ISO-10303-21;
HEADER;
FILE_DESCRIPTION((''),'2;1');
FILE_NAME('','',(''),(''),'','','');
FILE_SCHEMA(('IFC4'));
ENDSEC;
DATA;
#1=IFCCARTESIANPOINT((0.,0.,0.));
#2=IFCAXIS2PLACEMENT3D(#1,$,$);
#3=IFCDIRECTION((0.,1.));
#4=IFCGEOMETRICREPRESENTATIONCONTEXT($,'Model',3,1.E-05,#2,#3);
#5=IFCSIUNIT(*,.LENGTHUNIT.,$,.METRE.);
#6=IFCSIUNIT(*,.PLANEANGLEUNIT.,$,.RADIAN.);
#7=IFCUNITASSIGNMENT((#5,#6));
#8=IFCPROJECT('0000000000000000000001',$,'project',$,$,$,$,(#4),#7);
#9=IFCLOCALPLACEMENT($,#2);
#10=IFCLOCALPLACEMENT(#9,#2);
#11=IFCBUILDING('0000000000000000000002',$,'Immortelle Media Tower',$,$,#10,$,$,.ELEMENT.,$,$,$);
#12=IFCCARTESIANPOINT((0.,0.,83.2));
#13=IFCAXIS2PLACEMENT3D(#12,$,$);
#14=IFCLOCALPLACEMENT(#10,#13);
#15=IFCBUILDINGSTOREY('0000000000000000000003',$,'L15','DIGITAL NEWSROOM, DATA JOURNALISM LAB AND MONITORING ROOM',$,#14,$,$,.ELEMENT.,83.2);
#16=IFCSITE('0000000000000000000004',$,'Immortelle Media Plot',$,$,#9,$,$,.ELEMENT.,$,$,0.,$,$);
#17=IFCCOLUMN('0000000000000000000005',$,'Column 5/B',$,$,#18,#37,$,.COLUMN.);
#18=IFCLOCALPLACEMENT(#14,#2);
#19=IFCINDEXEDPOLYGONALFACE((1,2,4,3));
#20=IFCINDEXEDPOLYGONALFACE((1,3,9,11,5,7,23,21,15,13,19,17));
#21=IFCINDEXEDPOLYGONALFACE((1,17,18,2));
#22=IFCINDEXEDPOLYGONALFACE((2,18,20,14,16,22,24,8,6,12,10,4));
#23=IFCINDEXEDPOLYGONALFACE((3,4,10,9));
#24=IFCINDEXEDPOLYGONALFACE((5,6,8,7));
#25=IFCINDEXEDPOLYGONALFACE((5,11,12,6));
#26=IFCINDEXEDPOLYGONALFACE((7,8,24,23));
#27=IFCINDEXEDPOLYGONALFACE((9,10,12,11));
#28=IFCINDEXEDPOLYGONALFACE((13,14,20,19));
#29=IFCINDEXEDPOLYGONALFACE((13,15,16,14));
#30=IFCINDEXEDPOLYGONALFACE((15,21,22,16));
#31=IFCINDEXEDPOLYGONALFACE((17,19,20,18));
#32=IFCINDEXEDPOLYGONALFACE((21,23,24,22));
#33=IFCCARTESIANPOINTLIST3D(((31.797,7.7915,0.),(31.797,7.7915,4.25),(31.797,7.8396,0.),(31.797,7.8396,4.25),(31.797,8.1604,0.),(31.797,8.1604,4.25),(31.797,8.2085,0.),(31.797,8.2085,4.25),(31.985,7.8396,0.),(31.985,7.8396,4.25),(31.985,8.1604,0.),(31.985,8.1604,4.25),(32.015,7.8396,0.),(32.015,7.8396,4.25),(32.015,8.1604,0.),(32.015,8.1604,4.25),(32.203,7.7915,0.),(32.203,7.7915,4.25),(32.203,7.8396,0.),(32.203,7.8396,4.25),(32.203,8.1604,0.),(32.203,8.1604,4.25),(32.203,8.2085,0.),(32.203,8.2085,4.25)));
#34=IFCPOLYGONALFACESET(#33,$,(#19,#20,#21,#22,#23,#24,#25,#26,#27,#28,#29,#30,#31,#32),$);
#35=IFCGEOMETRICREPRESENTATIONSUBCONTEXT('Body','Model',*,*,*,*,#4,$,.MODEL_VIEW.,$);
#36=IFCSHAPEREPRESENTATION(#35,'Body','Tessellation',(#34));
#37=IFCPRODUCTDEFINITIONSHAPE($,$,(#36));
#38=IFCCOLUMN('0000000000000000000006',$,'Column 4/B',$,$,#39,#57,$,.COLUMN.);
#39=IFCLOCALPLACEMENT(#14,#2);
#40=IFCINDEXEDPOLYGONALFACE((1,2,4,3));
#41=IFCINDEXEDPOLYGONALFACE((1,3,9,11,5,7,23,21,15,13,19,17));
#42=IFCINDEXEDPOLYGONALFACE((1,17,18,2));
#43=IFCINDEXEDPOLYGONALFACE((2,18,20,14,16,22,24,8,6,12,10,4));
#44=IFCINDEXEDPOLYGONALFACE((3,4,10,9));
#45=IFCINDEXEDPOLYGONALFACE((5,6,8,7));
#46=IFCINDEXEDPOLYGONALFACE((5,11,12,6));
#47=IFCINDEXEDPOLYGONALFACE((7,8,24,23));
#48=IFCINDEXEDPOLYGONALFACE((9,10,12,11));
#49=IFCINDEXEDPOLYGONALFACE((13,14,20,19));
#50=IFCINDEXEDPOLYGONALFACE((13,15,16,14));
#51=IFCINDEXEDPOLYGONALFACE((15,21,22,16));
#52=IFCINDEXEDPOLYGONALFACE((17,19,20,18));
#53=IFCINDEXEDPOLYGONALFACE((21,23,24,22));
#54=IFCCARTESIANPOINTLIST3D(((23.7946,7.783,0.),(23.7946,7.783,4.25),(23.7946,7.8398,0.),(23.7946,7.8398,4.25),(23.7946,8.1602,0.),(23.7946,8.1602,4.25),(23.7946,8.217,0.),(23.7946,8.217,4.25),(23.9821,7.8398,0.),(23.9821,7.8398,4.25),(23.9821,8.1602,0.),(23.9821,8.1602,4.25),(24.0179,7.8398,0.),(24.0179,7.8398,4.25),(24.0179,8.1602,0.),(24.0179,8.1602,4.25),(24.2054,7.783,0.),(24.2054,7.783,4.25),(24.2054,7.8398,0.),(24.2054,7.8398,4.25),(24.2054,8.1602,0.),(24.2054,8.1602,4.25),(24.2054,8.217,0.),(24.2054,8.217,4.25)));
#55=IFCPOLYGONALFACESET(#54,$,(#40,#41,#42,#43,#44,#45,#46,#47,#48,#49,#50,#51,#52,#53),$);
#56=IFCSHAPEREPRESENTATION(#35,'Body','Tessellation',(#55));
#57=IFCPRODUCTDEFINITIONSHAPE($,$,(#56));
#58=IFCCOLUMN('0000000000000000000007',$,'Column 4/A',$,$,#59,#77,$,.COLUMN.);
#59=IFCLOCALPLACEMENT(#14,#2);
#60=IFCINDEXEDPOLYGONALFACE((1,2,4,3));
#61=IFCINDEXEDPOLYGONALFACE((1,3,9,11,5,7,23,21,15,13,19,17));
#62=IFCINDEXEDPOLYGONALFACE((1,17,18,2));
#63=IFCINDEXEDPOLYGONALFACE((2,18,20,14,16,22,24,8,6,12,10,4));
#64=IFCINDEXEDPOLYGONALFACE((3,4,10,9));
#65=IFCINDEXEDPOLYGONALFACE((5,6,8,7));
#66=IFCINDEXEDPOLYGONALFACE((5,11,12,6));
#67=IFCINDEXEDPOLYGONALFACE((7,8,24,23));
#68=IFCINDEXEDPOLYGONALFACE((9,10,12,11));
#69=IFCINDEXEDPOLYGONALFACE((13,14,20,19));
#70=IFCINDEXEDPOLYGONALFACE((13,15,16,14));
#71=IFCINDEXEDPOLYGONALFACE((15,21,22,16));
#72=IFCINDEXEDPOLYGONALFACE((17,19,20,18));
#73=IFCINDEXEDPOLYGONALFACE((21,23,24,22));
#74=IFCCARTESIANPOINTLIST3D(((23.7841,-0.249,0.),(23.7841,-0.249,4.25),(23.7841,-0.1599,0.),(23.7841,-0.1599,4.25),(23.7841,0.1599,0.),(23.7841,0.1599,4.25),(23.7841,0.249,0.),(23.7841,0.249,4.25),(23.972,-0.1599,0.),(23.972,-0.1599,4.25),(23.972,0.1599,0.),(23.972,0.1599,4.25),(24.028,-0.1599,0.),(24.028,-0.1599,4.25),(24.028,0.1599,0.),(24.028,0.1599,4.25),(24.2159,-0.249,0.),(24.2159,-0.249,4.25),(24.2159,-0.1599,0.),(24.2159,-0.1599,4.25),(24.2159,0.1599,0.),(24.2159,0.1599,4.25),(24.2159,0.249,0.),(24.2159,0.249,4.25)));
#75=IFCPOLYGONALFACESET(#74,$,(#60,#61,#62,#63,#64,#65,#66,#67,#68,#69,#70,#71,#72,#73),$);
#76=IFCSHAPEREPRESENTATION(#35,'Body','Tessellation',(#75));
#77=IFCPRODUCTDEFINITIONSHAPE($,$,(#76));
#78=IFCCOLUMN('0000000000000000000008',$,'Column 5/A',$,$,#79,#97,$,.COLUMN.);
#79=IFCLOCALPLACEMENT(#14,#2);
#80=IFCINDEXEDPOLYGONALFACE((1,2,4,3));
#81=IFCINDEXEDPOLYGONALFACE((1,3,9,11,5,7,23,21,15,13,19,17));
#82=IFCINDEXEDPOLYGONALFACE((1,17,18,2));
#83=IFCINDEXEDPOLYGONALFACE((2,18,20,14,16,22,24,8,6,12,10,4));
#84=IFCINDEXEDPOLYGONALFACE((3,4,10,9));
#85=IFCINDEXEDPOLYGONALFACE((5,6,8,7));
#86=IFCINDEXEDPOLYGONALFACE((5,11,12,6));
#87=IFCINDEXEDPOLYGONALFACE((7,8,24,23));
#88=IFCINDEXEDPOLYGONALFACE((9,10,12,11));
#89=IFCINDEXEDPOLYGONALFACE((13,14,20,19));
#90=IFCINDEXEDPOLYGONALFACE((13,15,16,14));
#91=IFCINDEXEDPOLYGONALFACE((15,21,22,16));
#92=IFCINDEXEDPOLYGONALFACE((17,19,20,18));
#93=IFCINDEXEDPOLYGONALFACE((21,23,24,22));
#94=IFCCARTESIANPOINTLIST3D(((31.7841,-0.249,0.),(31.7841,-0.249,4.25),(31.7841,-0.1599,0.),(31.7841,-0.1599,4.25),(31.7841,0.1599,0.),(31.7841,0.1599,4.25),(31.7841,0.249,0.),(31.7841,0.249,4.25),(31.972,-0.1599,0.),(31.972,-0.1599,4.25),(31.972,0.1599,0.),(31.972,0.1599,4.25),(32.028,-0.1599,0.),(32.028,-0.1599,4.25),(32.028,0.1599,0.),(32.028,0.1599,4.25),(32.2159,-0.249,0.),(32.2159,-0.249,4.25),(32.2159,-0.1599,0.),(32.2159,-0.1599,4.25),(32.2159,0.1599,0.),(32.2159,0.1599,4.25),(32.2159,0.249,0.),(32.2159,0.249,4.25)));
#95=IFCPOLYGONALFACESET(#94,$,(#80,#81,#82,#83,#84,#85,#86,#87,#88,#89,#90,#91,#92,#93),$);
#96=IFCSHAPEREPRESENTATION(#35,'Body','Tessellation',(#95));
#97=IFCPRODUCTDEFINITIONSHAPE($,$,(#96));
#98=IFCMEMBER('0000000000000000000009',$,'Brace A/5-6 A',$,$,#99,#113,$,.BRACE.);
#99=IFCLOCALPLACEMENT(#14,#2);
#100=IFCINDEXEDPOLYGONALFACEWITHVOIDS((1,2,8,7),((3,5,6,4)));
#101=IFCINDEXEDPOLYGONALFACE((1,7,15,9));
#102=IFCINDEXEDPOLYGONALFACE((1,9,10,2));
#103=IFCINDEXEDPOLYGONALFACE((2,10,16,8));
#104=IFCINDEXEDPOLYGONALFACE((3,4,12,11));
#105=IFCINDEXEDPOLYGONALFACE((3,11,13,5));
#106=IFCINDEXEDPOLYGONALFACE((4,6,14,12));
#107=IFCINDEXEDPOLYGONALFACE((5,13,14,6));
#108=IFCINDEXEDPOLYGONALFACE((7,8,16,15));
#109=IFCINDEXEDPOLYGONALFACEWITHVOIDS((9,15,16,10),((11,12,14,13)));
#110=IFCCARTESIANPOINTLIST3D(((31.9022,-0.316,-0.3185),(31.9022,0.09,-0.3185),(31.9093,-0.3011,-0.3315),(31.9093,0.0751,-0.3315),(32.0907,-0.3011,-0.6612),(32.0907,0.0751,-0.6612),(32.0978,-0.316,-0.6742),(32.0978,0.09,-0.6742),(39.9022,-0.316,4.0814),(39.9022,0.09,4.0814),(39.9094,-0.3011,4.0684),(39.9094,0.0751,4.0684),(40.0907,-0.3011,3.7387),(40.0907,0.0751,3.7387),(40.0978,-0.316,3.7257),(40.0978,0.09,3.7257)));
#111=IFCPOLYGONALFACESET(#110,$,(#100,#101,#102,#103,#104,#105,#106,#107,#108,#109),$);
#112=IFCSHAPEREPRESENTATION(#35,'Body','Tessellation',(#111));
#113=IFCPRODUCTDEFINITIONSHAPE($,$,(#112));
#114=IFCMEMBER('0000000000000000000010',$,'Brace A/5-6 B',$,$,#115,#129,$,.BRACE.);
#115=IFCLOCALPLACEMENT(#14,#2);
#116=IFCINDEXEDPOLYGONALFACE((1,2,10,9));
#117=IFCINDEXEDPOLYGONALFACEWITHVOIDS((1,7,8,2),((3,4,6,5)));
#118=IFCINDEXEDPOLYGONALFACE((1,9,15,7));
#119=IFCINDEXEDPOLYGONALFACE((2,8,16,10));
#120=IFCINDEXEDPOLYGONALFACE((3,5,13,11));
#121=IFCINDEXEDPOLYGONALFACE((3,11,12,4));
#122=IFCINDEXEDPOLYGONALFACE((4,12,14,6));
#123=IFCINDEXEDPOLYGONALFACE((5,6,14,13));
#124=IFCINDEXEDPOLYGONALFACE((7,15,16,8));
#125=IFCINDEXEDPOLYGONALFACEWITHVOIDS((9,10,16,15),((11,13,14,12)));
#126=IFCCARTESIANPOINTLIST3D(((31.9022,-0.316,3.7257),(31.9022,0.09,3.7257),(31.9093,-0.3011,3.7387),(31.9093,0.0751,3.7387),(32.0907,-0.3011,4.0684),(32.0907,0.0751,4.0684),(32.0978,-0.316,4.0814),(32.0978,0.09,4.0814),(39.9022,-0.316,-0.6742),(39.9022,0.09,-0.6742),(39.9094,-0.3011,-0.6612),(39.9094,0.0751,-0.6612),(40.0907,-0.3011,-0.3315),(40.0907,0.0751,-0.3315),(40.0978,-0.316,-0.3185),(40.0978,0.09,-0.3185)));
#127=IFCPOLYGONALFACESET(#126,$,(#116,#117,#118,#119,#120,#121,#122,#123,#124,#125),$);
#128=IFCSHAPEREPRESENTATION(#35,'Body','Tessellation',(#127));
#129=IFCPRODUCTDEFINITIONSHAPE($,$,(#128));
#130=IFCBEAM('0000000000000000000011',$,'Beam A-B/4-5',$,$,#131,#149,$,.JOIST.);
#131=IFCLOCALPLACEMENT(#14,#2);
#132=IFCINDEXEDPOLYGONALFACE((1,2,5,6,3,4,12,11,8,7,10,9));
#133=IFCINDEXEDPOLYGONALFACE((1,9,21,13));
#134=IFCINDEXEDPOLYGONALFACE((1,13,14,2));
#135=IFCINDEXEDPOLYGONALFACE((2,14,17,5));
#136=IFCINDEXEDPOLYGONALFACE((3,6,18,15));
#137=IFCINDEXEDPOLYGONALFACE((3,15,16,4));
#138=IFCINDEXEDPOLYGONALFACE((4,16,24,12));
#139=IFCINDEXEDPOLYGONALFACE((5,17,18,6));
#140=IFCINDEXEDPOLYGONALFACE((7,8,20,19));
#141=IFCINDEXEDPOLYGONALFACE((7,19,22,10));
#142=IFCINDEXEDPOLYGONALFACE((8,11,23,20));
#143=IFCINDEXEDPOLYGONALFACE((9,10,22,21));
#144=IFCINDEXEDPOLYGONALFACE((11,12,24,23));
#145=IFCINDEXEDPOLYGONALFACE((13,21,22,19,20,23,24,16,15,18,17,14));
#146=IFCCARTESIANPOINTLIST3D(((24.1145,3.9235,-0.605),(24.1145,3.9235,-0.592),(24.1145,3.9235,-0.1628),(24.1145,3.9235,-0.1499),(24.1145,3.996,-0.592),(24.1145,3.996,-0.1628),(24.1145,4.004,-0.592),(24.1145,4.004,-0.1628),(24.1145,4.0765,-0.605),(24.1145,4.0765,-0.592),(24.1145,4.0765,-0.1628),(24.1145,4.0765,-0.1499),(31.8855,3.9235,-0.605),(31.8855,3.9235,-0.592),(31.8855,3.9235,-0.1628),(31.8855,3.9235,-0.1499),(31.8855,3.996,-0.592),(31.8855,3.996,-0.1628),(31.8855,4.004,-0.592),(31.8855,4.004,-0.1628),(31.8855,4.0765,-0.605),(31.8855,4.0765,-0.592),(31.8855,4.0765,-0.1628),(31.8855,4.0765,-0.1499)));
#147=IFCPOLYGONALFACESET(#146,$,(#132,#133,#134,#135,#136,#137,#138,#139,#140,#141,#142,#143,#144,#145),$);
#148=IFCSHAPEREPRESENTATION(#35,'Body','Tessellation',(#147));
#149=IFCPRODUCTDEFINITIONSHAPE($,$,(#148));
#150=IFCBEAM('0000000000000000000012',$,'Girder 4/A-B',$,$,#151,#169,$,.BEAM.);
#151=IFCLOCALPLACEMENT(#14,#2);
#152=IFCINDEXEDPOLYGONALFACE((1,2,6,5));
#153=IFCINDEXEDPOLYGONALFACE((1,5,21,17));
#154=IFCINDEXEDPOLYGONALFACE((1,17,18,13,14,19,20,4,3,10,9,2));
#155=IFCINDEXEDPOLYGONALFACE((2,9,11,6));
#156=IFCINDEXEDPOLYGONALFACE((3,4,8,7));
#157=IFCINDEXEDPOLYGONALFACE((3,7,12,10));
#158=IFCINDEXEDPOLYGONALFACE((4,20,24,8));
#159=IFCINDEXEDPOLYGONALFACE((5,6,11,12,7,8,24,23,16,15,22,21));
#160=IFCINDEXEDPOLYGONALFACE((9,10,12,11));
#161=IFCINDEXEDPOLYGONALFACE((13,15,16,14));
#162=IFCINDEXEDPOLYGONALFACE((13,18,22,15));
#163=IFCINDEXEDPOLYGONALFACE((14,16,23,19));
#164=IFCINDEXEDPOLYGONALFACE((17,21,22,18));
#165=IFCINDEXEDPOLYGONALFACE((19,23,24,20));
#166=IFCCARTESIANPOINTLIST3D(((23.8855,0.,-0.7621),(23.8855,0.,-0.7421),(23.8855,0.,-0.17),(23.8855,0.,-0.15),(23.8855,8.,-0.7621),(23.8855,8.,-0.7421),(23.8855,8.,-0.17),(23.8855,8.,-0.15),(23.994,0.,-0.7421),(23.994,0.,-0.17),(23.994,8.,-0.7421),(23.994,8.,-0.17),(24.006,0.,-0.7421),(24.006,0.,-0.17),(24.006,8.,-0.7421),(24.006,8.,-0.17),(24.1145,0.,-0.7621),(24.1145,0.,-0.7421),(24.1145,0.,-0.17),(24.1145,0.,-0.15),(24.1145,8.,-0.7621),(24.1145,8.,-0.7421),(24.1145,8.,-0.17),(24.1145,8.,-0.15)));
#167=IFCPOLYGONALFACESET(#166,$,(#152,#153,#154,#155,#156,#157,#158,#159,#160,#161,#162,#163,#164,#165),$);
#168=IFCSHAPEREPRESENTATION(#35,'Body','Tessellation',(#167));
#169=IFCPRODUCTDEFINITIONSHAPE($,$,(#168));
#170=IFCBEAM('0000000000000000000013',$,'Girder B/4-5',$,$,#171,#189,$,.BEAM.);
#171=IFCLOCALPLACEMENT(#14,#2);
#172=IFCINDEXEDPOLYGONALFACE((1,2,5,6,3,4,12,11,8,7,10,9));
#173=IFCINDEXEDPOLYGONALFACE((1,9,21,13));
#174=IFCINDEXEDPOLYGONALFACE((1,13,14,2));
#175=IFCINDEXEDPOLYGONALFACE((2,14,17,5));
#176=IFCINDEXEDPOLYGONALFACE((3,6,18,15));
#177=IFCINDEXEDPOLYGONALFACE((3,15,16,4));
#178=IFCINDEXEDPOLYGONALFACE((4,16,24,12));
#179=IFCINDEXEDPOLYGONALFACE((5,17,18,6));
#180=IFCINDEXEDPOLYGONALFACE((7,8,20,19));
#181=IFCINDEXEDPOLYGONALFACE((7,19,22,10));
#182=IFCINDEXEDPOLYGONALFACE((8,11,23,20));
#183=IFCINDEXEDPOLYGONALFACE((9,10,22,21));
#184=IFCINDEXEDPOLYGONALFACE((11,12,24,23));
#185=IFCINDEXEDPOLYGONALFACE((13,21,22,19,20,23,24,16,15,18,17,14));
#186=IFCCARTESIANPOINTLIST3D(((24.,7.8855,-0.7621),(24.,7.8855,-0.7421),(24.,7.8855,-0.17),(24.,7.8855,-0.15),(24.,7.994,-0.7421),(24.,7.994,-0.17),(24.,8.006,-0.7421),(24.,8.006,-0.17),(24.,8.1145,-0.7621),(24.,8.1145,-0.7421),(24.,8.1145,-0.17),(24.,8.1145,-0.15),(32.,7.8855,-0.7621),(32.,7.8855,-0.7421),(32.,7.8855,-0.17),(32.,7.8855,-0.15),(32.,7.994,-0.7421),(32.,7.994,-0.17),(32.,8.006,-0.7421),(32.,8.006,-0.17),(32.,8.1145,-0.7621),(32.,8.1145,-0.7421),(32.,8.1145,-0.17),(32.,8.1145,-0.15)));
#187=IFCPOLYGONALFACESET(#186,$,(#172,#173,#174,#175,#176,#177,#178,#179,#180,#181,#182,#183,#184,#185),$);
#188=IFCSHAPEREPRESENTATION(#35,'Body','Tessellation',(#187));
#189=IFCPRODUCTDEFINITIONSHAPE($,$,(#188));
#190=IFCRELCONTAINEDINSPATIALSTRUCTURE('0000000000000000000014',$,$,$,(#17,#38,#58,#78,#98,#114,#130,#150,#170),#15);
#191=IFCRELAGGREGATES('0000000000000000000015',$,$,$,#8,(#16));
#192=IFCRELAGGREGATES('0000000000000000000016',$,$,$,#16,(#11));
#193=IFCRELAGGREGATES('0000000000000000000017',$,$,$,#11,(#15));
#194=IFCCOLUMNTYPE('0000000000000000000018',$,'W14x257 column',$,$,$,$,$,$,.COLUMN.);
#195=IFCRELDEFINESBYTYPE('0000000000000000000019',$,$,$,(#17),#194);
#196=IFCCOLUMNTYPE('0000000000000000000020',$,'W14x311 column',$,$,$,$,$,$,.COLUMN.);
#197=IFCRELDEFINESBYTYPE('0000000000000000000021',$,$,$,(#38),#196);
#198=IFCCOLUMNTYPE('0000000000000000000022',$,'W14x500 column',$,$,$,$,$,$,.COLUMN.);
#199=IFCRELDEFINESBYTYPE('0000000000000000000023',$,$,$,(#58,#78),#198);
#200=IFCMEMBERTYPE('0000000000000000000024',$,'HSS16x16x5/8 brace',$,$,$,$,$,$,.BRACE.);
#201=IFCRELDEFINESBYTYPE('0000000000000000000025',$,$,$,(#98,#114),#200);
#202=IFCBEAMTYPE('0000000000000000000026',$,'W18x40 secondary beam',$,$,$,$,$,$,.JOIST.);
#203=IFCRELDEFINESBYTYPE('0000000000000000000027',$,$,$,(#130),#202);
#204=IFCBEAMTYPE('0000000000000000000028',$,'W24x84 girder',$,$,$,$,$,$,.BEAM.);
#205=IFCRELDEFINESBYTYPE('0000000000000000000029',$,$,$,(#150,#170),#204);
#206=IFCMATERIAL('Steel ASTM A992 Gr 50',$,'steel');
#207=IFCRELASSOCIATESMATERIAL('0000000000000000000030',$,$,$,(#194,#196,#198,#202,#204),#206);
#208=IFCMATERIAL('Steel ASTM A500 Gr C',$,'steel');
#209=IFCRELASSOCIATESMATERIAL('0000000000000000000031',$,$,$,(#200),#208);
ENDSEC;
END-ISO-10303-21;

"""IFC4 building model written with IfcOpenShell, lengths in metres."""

from ifc_helpers import new_model, si_unit, direction, frame, origin, origin_2d, place, context, subcontext, project, spatial, hollow_rectangle, i_section, extrude, material, material_profile, profile_set, type_object, element, save


model = new_model("IFC4")

# Units and contexts
model_context = context("Model", 3, precision=1e-05, world=origin(), true_north=direction((0.0, 1.0)))
body_context = subcontext(model_context, "Body", "Model", "MODEL_VIEW")
ifc_project = project(units=[si_unit("LENGTHUNIT", "METRE"), si_unit("PLANEANGLEUNIT", "RADIAN")], contexts=[model_context])

# Site, building, storey
site_placement = place(None, origin())
site = spatial("IfcSite", under=ifc_project, at=site_placement, Name="Immortelle Media Plot", CompositionType="ELEMENT", RefElevation=0.0)
building_placement = place(site_placement, origin())
building = spatial("IfcBuilding", under=site, at=building_placement, Name="Immortelle Media Tower", CompositionType="ELEMENT")
storey_placement = place(building_placement, frame((0.0, 0.0, 83.2)))
storey = spatial("IfcBuildingStorey", under=building, at=storey_placement, Name="L15", Description="DIGITAL NEWSROOM, DATA JOURNALISM LAB AND MONITORING ROOM", CompositionType="ELEMENT", Elevation=83.2)

# Columns
ifc_material_1 = material(Name="Steel ASTM A992 Gr 50", Category="steel")
ifc_material_profile_1 = material_profile(ifc_material_1, i_section(OverallWidth=0.406, OverallDepth=0.417, WebThickness=0.03, FlangeThickness=0.0481, at=origin_2d()), Name="W14x257")
ifc_profile_set_1 = profile_set([ifc_material_profile_1], Name="Steel ASTM A992 Gr 50")
column_type_1 = type_object("IfcColumnType", Name="W14x257 column", PredefinedType="COLUMN", material=ifc_profile_set_1)
column_1_placement = place(storey_placement, frame((32.0, 8.0, 0.0), z_axis=(0.0, 0.0, 1.0), x_axis=(1.0, 0.0, 0.0)))
element("IfcColumn", 1, at=column_1_placement, inside=storey, type_object=column_type_1, Name="Column 5/B", PredefinedType="COLUMN", context=body_context, shape_type="SweptSolid", body=[
    extrude(i_section(OverallWidth=0.406, OverallDepth=0.417, WebThickness=0.03, FlangeThickness=0.0481, at=origin_2d()), origin(), (0.0, 0.0, 1.0), 4.25),
])
ifc_material_profile_2 = material_profile(ifc_material_1, i_section(OverallWidth=0.4109, OverallDepth=0.4341, WebThickness=0.0359, FlangeThickness=0.0569, at=origin_2d()), Name="W14x311")
ifc_profile_set_2 = profile_set([ifc_material_profile_2], Name="Steel ASTM A992 Gr 50")
column_type_2 = type_object("IfcColumnType", Name="W14x311 column", PredefinedType="COLUMN", material=ifc_profile_set_2)
column_2_placement = place(storey_placement, frame((24.0, 8.0, 0.0), z_axis=(0.0, 0.0, 1.0), x_axis=(1.0, 0.0, 0.0)))
element("IfcColumn", 2, at=column_2_placement, inside=storey, type_object=column_type_2, Name="Column 4/B", PredefinedType="COLUMN", context=body_context, shape_type="SweptSolid", body=[
    extrude(i_section(OverallWidth=0.4109, OverallDepth=0.4341, WebThickness=0.0359, FlangeThickness=0.0569, at=origin_2d()), origin(), (0.0, 0.0, 1.0), 4.25),
])
ifc_material_profile_3 = material_profile(ifc_material_1, i_section(OverallWidth=0.4319, OverallDepth=0.498, WebThickness=0.0559, FlangeThickness=0.0891, at=origin_2d()), Name="W14x500")
ifc_profile_set_3 = profile_set([ifc_material_profile_3], Name="Steel ASTM A992 Gr 50")
column_type_3 = type_object("IfcColumnType", Name="W14x500 column", PredefinedType="COLUMN", material=ifc_profile_set_3)
for number, where, z_axis, x_axis, name in (
    (3, (24.0, 0.0, 0.0), (0.0, 0.0, 1.0), (1.0, 0.0, 0.0), "Column 4/A"),
    (4, (32.0, 0.0, 0.0), (0.0, 0.0, 1.0), (1.0, 0.0, 0.0), "Column 5/A"),
):
    element("IfcColumn", number, at=place(storey_placement, frame(where, z_axis=z_axis, x_axis=x_axis)), inside=storey, type_object=column_type_3, Name=name, PredefinedType="COLUMN", context=body_context, shape_type="SweptSolid", body=[
        extrude(i_section(OverallWidth=0.4319, OverallDepth=0.498, WebThickness=0.0559, FlangeThickness=0.0891, at=origin_2d()), origin(), (0.0, 0.0, 1.0), 4.25),
    ])

# Members
ifc_material_2 = material(Name="Steel ASTM A500 Gr C", Category="steel")
ifc_material_profile_4 = material_profile(ifc_material_2, hollow_rectangle(XDim=0.406, YDim=0.406, WallThickness=0.0149, at=origin_2d()), Name="HSS16x16x5/8 brace")
ifc_profile_set_4 = profile_set([ifc_material_profile_4], Name="Steel ASTM A500 Gr C")
member_type = type_object("IfcMemberType", Name="HSS16x16x5/8 brace", PredefinedType="BRACE", material=ifc_profile_set_4)
for number, where, z_axis, x_axis, name in (
    (5, (32.0, -0.113, -0.4963), (0.87622, 0.0, 0.481911), (0.0, 1.0, 0.0), "Brace A/5-6 A"),
    (6, (32.0, -0.113, 3.9036), (0.87622, 0.0, -0.481911), (0.0, 1.0, 0.0), "Brace A/5-6 B"),
):
    element("IfcMember", number, at=place(storey_placement, frame(where, z_axis=z_axis, x_axis=x_axis)), inside=storey, type_object=member_type, Name=name, PredefinedType="BRACE", context=body_context, shape_type="SweptSolid", body=[
        extrude(hollow_rectangle(XDim=0.406, YDim=0.406, WallThickness=0.0149, at=origin_2d()), origin(), (0.0, 0.0, 1.0), 9.1301),
    ])

# Beams
ifc_material_profile_5 = material_profile(ifc_material_1, i_section(OverallWidth=0.1531, OverallDepth=0.4551, WebThickness=0.0081, FlangeThickness=0.0129, at=origin_2d()), Name="W18x40")
ifc_profile_set_5 = profile_set([ifc_material_profile_5], Name="Steel ASTM A992 Gr 50")
beam_type_1 = type_object("IfcBeamType", Name="W18x40 secondary beam", PredefinedType="JOIST", material=ifc_profile_set_5)
beam_placement = place(storey_placement, frame((24.1145, 4.0, -0.3774), z_axis=(1.0, 0.0, 0.0), x_axis=(0.0, 1.0, 0.0)))
element("IfcBeam", 7, at=beam_placement, inside=storey, type_object=beam_type_1, Name="Beam A-B/4-5", PredefinedType="JOIST", context=body_context, shape_type="SweptSolid", body=[
    extrude(i_section(OverallWidth=0.1531, OverallDepth=0.4551, WebThickness=0.0081, FlangeThickness=0.0129, at=origin_2d()), origin(), (0.0, 0.0, 1.0), 7.771),
])
ifc_material_profile_6 = material_profile(ifc_material_1, i_section(OverallWidth=0.229, OverallDepth=0.6121, WebThickness=0.012, FlangeThickness=0.02, at=origin_2d()), Name="W24x84")
ifc_profile_set_6 = profile_set([ifc_material_profile_6], Name="Steel ASTM A992 Gr 50")
beam_type_2 = type_object("IfcBeamType", Name="W24x84 girder", PredefinedType="BEAM", material=ifc_profile_set_6)
for number, where, z_axis, x_axis, name in (
    (8, (24.0, 0.0, -0.4561), (0.0, 1.0, 0.0), (-1.0, 0.0, 0.0), "Girder 4/A-B"),
    (9, (24.0, 8.0, -0.4561), (1.0, 0.0, 0.0), (0.0, 1.0, 0.0), "Girder B/4-5"),
):
    element("IfcBeam", number, at=place(storey_placement, frame(where, z_axis=z_axis, x_axis=x_axis)), inside=storey, type_object=beam_type_2, Name=name, PredefinedType="BEAM", context=body_context, shape_type="SweptSolid", body=[
        extrude(i_section(OverallWidth=0.229, OverallDepth=0.6121, WebThickness=0.012, FlangeThickness=0.02, at=origin_2d()), origin(), (0.0, 0.0, 1.0), 8.0),
    ])

save(model, "model.ifc")
